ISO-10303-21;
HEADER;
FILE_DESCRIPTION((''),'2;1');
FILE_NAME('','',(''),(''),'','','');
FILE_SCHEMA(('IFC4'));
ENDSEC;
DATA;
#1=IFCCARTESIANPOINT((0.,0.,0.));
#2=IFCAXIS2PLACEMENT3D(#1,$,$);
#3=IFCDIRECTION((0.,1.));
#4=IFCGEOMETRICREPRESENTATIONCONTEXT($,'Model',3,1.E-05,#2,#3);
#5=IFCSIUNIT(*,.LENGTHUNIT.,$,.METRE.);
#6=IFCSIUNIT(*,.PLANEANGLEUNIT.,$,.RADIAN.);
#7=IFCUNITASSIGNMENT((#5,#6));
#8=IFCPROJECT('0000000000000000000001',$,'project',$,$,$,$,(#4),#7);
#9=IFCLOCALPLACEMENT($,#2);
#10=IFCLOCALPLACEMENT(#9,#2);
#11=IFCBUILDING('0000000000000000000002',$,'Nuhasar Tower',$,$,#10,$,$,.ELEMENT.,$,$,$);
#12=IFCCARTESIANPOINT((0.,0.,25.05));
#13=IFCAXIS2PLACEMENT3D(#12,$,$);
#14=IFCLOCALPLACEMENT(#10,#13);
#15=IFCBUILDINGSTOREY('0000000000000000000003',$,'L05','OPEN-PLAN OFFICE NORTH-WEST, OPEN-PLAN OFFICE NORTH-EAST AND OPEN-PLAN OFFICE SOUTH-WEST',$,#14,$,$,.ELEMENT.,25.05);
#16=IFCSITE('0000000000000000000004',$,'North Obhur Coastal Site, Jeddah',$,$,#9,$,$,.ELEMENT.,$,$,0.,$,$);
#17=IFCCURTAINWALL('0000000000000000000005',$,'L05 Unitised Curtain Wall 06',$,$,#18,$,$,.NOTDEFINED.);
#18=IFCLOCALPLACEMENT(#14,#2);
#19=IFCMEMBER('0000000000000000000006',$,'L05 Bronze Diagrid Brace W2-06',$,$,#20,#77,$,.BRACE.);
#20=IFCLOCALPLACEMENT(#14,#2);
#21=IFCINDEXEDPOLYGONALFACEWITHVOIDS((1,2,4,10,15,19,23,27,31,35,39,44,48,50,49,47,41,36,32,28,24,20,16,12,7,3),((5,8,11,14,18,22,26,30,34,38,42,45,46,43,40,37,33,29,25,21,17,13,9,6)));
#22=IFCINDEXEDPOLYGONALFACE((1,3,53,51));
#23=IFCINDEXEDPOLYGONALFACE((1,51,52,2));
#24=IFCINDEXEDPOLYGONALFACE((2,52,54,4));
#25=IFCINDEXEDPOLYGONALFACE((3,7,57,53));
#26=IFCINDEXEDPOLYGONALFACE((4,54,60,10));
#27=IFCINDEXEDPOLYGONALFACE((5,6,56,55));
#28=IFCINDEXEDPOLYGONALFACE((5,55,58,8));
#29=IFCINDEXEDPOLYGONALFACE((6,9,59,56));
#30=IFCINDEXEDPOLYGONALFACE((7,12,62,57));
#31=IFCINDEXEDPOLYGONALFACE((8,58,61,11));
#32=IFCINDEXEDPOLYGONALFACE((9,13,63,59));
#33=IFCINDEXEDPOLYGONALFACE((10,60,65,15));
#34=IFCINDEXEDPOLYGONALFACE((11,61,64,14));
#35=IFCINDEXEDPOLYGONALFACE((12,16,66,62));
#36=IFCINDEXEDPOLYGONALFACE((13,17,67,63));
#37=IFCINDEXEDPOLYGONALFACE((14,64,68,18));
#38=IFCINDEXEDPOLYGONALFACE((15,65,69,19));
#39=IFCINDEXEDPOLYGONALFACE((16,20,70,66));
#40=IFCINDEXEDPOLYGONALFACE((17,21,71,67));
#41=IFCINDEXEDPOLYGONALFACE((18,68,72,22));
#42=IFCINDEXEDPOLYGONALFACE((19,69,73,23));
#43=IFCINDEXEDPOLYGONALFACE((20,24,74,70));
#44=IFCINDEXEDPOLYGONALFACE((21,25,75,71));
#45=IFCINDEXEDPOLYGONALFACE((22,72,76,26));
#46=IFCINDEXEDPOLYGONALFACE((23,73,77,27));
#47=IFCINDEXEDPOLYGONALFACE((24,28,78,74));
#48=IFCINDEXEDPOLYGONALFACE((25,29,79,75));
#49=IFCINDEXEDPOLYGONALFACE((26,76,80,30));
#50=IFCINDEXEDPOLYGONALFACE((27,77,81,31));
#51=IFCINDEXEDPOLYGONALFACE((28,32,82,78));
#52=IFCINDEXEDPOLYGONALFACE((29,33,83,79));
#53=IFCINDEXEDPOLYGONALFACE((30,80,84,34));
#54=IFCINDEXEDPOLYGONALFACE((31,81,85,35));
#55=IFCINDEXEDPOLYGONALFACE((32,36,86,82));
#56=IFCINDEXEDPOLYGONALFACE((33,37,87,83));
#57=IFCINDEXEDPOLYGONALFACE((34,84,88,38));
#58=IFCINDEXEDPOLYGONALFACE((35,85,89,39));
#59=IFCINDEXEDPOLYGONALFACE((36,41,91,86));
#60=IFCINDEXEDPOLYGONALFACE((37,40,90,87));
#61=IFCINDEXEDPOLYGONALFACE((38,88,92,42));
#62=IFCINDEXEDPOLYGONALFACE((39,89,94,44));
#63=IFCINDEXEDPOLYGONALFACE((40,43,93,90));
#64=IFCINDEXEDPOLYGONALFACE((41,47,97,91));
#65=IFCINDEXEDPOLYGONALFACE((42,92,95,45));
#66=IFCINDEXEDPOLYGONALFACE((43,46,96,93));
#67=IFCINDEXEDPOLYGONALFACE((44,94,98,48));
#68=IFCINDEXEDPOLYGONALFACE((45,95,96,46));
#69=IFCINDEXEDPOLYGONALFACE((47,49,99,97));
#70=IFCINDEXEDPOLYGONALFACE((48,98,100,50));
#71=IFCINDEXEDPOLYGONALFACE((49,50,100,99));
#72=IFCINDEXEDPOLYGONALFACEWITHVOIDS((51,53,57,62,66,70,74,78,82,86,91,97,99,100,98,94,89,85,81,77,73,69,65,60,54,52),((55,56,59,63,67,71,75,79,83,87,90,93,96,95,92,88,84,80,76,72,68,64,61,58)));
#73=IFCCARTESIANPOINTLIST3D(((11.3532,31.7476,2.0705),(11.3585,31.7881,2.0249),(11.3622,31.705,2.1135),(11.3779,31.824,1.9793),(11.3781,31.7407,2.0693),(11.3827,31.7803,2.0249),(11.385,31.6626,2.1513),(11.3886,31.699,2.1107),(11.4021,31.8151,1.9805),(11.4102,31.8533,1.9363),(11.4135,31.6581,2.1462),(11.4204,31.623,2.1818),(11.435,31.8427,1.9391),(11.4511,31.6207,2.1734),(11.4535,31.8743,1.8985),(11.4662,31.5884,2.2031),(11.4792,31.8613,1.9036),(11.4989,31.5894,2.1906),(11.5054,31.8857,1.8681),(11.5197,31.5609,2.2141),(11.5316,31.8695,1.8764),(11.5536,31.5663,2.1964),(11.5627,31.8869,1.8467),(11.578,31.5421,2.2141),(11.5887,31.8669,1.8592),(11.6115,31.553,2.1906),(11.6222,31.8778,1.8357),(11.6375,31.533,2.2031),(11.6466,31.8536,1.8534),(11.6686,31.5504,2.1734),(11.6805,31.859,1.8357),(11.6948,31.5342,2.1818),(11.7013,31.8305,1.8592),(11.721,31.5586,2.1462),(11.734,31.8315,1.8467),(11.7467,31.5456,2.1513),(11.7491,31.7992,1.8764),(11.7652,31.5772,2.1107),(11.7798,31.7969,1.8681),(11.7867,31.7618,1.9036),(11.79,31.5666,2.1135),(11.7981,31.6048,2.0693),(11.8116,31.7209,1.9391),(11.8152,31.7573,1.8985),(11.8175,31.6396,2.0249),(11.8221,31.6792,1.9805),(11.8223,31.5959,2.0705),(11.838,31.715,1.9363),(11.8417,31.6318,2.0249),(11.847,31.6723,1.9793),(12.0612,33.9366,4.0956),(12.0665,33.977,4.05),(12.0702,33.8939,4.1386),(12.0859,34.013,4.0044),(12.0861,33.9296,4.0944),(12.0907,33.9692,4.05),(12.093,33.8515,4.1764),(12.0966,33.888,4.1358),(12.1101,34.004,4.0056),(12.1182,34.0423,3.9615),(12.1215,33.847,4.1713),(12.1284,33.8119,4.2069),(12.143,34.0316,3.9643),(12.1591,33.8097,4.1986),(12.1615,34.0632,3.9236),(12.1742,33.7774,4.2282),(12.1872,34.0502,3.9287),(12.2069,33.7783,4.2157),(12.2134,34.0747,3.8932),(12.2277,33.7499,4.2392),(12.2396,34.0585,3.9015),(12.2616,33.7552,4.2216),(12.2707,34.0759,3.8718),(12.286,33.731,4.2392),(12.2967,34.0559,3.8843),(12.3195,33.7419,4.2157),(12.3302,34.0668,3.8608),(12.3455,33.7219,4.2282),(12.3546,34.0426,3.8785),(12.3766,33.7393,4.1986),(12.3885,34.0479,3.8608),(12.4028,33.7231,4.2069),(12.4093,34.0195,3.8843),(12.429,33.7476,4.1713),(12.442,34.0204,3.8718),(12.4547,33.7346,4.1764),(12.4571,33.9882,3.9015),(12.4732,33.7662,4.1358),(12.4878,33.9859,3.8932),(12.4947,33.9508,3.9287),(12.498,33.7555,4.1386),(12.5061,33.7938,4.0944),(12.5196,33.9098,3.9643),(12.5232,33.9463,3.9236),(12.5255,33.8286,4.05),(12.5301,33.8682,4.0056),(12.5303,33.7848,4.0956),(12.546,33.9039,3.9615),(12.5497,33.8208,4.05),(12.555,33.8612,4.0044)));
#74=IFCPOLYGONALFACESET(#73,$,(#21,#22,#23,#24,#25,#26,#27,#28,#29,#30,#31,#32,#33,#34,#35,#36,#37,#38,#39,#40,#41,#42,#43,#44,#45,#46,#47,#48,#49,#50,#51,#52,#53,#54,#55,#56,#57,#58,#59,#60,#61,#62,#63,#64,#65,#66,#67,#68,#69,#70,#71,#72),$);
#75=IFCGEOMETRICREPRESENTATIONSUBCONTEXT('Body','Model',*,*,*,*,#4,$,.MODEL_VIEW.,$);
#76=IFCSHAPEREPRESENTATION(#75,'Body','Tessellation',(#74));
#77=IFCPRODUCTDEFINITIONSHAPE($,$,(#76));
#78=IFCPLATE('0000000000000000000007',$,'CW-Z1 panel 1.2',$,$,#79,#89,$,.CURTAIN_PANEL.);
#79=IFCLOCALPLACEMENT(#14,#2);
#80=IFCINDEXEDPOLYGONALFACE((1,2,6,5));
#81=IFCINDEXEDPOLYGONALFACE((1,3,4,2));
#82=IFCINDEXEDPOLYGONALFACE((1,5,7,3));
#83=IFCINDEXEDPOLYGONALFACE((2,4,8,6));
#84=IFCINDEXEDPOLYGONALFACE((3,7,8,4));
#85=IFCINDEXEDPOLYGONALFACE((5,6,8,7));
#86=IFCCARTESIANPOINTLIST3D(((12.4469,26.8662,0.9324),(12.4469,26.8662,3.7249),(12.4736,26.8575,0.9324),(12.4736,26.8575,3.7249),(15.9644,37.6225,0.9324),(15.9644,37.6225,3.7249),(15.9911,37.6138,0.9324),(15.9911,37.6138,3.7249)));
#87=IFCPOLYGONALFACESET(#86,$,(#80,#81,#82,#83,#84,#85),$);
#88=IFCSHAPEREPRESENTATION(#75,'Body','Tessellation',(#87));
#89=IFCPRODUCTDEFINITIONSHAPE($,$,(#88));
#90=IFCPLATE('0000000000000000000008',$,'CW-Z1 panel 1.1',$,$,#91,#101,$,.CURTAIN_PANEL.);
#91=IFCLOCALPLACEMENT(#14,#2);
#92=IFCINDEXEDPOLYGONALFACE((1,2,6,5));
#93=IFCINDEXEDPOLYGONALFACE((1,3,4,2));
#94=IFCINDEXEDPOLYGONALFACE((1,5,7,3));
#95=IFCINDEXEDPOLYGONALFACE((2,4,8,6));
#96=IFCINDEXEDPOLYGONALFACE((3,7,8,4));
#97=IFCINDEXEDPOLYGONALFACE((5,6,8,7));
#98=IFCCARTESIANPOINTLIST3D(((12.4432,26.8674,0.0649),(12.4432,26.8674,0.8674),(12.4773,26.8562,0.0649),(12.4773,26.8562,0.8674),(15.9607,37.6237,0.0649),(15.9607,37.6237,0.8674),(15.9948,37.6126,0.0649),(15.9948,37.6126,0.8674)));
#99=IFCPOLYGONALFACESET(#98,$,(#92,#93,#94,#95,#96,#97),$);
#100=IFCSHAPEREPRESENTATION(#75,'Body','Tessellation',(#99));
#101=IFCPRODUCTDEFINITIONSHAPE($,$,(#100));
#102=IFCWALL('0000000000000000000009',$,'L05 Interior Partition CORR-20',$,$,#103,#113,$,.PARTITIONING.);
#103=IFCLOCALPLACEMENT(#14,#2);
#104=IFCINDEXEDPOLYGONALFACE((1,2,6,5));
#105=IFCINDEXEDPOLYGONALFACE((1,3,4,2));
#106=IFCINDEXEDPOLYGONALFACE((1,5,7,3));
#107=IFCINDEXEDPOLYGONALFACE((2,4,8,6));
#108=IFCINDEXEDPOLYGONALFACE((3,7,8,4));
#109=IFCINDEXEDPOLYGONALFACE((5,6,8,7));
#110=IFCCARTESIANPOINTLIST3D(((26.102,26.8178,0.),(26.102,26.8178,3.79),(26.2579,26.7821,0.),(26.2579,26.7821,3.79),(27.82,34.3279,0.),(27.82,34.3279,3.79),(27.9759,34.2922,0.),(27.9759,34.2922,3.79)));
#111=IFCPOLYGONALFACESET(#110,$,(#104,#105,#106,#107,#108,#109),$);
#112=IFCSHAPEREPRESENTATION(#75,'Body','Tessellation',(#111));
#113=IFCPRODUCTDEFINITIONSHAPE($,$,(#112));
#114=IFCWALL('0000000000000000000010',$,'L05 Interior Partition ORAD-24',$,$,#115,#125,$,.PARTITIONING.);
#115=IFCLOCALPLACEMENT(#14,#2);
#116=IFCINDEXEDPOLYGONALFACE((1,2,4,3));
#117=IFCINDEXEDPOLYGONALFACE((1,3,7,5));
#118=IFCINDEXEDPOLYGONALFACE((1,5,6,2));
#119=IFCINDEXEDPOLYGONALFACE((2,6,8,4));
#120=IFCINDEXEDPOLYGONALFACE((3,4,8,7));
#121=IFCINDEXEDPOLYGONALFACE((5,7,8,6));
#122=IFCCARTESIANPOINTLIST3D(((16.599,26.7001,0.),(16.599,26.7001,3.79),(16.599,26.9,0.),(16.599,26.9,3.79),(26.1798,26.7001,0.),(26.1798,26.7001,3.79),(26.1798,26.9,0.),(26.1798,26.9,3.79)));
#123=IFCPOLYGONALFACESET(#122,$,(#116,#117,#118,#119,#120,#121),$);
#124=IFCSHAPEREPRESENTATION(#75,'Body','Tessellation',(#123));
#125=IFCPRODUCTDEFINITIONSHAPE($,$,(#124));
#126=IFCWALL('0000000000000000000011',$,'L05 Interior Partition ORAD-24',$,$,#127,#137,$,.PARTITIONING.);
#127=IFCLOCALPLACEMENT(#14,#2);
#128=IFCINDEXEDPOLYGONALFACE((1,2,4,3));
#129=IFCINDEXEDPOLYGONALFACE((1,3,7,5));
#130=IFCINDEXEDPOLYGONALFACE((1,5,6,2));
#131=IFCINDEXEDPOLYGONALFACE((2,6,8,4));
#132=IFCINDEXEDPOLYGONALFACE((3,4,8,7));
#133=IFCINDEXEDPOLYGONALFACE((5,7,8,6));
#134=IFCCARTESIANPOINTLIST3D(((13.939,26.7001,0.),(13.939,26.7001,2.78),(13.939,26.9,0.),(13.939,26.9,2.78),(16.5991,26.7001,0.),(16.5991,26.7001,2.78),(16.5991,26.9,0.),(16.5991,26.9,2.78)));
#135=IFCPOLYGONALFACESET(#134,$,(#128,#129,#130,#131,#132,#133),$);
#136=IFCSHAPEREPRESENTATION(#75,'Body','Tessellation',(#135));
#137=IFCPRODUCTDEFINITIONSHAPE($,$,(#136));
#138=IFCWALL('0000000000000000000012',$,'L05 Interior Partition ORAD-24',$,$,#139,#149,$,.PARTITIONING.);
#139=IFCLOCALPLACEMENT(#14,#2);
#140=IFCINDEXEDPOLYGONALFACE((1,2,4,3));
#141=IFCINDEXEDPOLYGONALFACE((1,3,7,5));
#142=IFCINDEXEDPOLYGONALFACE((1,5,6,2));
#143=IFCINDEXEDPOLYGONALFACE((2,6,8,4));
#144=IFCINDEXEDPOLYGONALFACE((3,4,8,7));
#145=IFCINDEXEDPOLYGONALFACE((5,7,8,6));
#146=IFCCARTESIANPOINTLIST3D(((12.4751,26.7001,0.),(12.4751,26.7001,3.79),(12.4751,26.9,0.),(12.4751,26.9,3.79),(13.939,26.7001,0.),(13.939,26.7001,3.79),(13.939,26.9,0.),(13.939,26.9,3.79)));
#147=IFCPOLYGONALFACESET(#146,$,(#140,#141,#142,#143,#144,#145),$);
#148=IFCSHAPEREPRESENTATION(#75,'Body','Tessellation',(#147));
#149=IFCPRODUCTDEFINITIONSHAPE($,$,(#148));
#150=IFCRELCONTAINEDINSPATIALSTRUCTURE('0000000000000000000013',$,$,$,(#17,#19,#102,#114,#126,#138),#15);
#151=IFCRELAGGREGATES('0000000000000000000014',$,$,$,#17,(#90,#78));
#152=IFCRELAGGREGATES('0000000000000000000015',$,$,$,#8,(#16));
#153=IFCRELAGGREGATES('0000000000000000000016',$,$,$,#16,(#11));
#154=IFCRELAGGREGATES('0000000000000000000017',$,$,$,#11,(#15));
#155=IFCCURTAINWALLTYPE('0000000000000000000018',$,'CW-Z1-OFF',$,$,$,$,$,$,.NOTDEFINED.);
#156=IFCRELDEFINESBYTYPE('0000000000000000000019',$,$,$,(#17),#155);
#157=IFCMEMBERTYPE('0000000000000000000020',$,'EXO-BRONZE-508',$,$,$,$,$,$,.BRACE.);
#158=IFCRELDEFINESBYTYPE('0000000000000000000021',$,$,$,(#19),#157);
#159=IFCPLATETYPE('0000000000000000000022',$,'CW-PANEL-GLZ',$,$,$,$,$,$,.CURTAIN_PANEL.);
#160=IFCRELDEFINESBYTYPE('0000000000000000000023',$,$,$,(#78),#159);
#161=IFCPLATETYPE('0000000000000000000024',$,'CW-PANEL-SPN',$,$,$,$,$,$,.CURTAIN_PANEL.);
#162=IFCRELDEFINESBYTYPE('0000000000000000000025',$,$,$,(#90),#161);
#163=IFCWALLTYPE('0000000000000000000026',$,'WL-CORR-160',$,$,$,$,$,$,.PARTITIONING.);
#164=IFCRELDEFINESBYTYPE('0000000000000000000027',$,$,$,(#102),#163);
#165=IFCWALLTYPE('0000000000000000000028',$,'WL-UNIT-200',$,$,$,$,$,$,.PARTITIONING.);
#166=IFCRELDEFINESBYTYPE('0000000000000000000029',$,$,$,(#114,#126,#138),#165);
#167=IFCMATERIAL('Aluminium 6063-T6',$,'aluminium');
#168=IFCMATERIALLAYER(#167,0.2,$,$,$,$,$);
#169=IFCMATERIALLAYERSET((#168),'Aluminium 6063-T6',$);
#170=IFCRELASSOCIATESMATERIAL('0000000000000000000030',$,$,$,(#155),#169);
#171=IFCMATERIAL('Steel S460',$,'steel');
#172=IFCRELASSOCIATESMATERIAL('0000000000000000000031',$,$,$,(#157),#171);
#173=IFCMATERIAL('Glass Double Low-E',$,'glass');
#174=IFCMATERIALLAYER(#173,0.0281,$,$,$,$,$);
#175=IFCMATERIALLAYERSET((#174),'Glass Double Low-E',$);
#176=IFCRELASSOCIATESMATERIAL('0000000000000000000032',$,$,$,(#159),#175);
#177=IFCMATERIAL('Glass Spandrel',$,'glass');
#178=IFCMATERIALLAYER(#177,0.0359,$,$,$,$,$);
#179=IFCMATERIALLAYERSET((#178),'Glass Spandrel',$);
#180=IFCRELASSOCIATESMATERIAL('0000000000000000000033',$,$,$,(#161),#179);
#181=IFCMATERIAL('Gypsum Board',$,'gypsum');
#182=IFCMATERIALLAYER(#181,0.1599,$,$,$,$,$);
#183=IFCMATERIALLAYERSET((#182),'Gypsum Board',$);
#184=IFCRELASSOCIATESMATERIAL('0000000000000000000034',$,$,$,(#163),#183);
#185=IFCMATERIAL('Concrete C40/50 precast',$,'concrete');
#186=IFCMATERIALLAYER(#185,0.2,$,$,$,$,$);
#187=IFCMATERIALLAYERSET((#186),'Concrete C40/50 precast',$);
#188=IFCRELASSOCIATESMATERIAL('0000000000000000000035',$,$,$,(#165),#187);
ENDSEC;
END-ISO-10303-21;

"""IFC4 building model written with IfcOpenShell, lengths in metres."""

from ifc_helpers import new_model, si_unit, direction, frame, frame_2d, origin, origin_2d, place, context, subcontext, project, spatial, rectangle, hollow_circle, extrude, material, layer, layer_set, material_profile, profile_set, type_object, element, aggregate, save


model = new_model("IFC4")

# Units and contexts
model_context = context("Model", 3, precision=1e-05, world=origin(), true_north=direction((0.0, 1.0)))
body_context = subcontext(model_context, "Body", "Model", "MODEL_VIEW")
ifc_project = project(units=[si_unit("LENGTHUNIT", "METRE"), si_unit("PLANEANGLEUNIT", "RADIAN")], contexts=[model_context])

# Site, building, storey
site_placement = place(None, origin())
site = spatial("IfcSite", under=ifc_project, at=site_placement, Name="North Obhur Coastal Site, Jeddah", CompositionType="ELEMENT", RefElevation=0.0)
building_placement = place(site_placement, origin())
building = spatial("IfcBuilding", under=site, at=building_placement, Name="Nuhasar Tower", CompositionType="ELEMENT")
storey_placement = place(building_placement, frame((0.0, 0.0, 25.05)))
storey = spatial("IfcBuildingStorey", under=building, at=storey_placement, Name="L05", Description="OPEN-PLAN OFFICE NORTH-WEST, OPEN-PLAN OFFICE NORTH-EAST AND OPEN-PLAN OFFICE SOUTH-WEST", CompositionType="ELEMENT", Elevation=25.05)

# Curtain wall
ifc_material_1 = material(Name="Aluminium 6063-T6", Category="aluminium")
ifc_layer_1 = layer(ifc_material_1, 0.2)
ifc_layer_set_1 = layer_set([ifc_layer_1], Name="Aluminium 6063-T6")
curtain_wall_type = type_object("IfcCurtainWallType", Name="CW-Z1-OFF", PredefinedType="NOTDEFINED", material=ifc_layer_set_1)
curtain_wall_1_placement = place(storey_placement, origin())
curtain_wall_1 = element("IfcCurtainWall", 1, at=curtain_wall_1_placement, inside=storey, type_object=curtain_wall_type, Name="L05 Unitised Curtain Wall 06", PredefinedType="NOTDEFINED")

# Member
ifc_material_2 = material(Name="Steel S460", Category="steel")
ifc_material_profile_1 = material_profile(ifc_material_2, hollow_circle(Radius=0.2539, WallThickness=0.0254, at=origin_2d()), Name="HSS508X25.4")
ifc_profile_set_1 = profile_set([ifc_material_profile_1], Name="Steel S460")
member_type_1 = type_object("IfcMemberType", Name="EXO-BRONZE-508", PredefinedType="BRACE", material=ifc_profile_set_1)
member_1_placement = place(storey_placement, frame((11.6001, 31.71, 2.0249), z_axis=(0.231, 0.714187, 0.660739), x_axis=(-0.951468, 0.307747, 0.0)))
element("IfcMember", 2, at=member_1_placement, inside=storey, type_object=member_type_1, Name="L05 Bronze Diagrid Brace W2-06", PredefinedType="BRACE", context=body_context, shape_type="SweptSolid", body=[
    extrude(hollow_circle(Radius=0.2539, WallThickness=0.0254, at=origin_2d()), origin(), (0.0, 0.0, 1.0), 3.0649),
])

# Plates
ifc_material_3 = material(Name="Glass Double Low-E", Category="glass")
ifc_layer_2 = layer(ifc_material_3, 0.0281)
ifc_layer_set_2 = layer_set([ifc_layer_2], Name="Glass Double Low-E")
plate_type_1 = type_object("IfcPlateType", Name="CW-PANEL-GLZ", PredefinedType="CURTAIN_PANEL", material=ifc_layer_set_2)
plate_1_placement = place(storey_placement, frame((14.219, 32.24, 0.9324), z_axis=(0.0, 0.0, 1.0), x_axis=(-0.310824, -0.950468, 0.0)))
plate_1 = element("IfcPlate", 3, at=plate_1_placement, type_object=plate_type_1, Name="CW-Z1 panel 1.2", PredefinedType="CURTAIN_PANEL", context=body_context, shape_type="SweptSolid", body=[
    extrude(rectangle(XDim=11.3169, YDim=0.0281, at=origin_2d()), origin(), (0.0, 0.0, 1.0), 2.7925),
])
ifc_material_4 = material(Name="Glass Spandrel", Category="glass")
ifc_layer_3 = layer(ifc_material_4, 0.0359)
ifc_layer_set_3 = layer_set([ifc_layer_3], Name="Glass Spandrel")
plate_type_2 = type_object("IfcPlateType", Name="CW-PANEL-SPN", PredefinedType="CURTAIN_PANEL", material=ifc_layer_set_3)
plate_2_placement = place(storey_placement, frame((14.219, 32.24, 0.0649), z_axis=(0.0, 0.0, 1.0), x_axis=(-0.310824, -0.950468, 0.0)))
plate_2 = element("IfcPlate", 4, at=plate_2_placement, type_object=plate_type_2, Name="CW-Z1 panel 1.1", PredefinedType="CURTAIN_PANEL", context=body_context, shape_type="SweptSolid", body=[
    extrude(rectangle(XDim=11.3169, YDim=0.0359, at=origin_2d()), origin(), (0.0, 0.0, 1.0), 0.8025),
])
aggregate(curtain_wall_1, [plate_2, plate_1])

# Walls
ifc_material_5 = material(Name="Gypsum Board", Category="gypsum")
ifc_layer_4 = layer(ifc_material_5, 0.1599)
ifc_layer_set_4 = layer_set([ifc_layer_4], Name="Gypsum Board")
wall_type_1 = type_object("IfcWallType", Name="WL-CORR-160", PredefinedType="PARTITIONING", material=ifc_layer_set_4)
wall_1_placement = place(storey_placement, frame((27.8979, 34.3101, 0.0), z_axis=(0.0, 0.0, 1.0), x_axis=(-0.223003, -0.974818, 0.0)))
element("IfcWall", 5, at=wall_1_placement, inside=storey, type_object=wall_type_1, Name="L05 Interior Partition CORR-20", PredefinedType="PARTITIONING", context=body_context, shape_type="SweptSolid", body=[
    extrude(rectangle(XDim=7.7041, YDim=0.1599, at=frame_2d((3.8521, 0.0))), origin(), (0.0, 0.0, 1.0), 3.79),
])
ifc_material_6 = material(Name="Concrete C40/50 precast", Category="concrete")
ifc_layer_5 = layer(ifc_material_6, 0.2)
ifc_layer_set_5 = layer_set([ifc_layer_5], Name="Concrete C40/50 precast")
wall_type_2 = type_object("IfcWallType", Name="WL-UNIT-200", PredefinedType="PARTITIONING", material=ifc_layer_set_5)
wall_2_placement = place(storey_placement, frame((26.1799, 26.8, 0.0), z_axis=(0.0, 0.0, 1.0), x_axis=(-1.0, 0.0, 0.0)))
element("IfcWall", 6, at=wall_2_placement, inside=storey, type_object=wall_type_2, Name="L05 Interior Partition ORAD-24", PredefinedType="PARTITIONING", context=body_context, shape_type="SweptSolid", body=[
    extrude(rectangle(XDim=9.5808, YDim=0.2, at=frame_2d((4.7905, 0.0))), origin(), (0.0, 0.0, 1.0), 3.79),
])
wall_3_placement = place(storey_placement, frame((16.5991, 26.8, 0.0), z_axis=(0.0, 0.0, 1.0), x_axis=(-1.0, 0.0, 0.0)))
element("IfcWall", 7, at=wall_3_placement, inside=storey, type_object=wall_type_2, Name="L05 Interior Partition ORAD-24", PredefinedType="PARTITIONING", context=body_context, shape_type="SweptSolid", body=[
    extrude(rectangle(XDim=2.6602, YDim=0.2, at=frame_2d((1.3301, 0.0))), origin(), (0.0, 0.0, 1.0), 2.78),
])
wall_4_placement = place(storey_placement, frame((13.939, 26.8, 0.0), z_axis=(0.0, 0.0, 1.0), x_axis=(-1.0, 0.0, 0.0)))
element("IfcWall", 8, at=wall_4_placement, inside=storey, type_object=wall_type_2, Name="L05 Interior Partition ORAD-24", PredefinedType="PARTITIONING", context=body_context, shape_type="SweptSolid", body=[
    extrude(rectangle(XDim=1.4639, YDim=0.2, at=frame_2d((0.7319, 0.0))), origin(), (0.0, 0.0, 1.0), 3.79),
])

save(model, "model.ifc")
